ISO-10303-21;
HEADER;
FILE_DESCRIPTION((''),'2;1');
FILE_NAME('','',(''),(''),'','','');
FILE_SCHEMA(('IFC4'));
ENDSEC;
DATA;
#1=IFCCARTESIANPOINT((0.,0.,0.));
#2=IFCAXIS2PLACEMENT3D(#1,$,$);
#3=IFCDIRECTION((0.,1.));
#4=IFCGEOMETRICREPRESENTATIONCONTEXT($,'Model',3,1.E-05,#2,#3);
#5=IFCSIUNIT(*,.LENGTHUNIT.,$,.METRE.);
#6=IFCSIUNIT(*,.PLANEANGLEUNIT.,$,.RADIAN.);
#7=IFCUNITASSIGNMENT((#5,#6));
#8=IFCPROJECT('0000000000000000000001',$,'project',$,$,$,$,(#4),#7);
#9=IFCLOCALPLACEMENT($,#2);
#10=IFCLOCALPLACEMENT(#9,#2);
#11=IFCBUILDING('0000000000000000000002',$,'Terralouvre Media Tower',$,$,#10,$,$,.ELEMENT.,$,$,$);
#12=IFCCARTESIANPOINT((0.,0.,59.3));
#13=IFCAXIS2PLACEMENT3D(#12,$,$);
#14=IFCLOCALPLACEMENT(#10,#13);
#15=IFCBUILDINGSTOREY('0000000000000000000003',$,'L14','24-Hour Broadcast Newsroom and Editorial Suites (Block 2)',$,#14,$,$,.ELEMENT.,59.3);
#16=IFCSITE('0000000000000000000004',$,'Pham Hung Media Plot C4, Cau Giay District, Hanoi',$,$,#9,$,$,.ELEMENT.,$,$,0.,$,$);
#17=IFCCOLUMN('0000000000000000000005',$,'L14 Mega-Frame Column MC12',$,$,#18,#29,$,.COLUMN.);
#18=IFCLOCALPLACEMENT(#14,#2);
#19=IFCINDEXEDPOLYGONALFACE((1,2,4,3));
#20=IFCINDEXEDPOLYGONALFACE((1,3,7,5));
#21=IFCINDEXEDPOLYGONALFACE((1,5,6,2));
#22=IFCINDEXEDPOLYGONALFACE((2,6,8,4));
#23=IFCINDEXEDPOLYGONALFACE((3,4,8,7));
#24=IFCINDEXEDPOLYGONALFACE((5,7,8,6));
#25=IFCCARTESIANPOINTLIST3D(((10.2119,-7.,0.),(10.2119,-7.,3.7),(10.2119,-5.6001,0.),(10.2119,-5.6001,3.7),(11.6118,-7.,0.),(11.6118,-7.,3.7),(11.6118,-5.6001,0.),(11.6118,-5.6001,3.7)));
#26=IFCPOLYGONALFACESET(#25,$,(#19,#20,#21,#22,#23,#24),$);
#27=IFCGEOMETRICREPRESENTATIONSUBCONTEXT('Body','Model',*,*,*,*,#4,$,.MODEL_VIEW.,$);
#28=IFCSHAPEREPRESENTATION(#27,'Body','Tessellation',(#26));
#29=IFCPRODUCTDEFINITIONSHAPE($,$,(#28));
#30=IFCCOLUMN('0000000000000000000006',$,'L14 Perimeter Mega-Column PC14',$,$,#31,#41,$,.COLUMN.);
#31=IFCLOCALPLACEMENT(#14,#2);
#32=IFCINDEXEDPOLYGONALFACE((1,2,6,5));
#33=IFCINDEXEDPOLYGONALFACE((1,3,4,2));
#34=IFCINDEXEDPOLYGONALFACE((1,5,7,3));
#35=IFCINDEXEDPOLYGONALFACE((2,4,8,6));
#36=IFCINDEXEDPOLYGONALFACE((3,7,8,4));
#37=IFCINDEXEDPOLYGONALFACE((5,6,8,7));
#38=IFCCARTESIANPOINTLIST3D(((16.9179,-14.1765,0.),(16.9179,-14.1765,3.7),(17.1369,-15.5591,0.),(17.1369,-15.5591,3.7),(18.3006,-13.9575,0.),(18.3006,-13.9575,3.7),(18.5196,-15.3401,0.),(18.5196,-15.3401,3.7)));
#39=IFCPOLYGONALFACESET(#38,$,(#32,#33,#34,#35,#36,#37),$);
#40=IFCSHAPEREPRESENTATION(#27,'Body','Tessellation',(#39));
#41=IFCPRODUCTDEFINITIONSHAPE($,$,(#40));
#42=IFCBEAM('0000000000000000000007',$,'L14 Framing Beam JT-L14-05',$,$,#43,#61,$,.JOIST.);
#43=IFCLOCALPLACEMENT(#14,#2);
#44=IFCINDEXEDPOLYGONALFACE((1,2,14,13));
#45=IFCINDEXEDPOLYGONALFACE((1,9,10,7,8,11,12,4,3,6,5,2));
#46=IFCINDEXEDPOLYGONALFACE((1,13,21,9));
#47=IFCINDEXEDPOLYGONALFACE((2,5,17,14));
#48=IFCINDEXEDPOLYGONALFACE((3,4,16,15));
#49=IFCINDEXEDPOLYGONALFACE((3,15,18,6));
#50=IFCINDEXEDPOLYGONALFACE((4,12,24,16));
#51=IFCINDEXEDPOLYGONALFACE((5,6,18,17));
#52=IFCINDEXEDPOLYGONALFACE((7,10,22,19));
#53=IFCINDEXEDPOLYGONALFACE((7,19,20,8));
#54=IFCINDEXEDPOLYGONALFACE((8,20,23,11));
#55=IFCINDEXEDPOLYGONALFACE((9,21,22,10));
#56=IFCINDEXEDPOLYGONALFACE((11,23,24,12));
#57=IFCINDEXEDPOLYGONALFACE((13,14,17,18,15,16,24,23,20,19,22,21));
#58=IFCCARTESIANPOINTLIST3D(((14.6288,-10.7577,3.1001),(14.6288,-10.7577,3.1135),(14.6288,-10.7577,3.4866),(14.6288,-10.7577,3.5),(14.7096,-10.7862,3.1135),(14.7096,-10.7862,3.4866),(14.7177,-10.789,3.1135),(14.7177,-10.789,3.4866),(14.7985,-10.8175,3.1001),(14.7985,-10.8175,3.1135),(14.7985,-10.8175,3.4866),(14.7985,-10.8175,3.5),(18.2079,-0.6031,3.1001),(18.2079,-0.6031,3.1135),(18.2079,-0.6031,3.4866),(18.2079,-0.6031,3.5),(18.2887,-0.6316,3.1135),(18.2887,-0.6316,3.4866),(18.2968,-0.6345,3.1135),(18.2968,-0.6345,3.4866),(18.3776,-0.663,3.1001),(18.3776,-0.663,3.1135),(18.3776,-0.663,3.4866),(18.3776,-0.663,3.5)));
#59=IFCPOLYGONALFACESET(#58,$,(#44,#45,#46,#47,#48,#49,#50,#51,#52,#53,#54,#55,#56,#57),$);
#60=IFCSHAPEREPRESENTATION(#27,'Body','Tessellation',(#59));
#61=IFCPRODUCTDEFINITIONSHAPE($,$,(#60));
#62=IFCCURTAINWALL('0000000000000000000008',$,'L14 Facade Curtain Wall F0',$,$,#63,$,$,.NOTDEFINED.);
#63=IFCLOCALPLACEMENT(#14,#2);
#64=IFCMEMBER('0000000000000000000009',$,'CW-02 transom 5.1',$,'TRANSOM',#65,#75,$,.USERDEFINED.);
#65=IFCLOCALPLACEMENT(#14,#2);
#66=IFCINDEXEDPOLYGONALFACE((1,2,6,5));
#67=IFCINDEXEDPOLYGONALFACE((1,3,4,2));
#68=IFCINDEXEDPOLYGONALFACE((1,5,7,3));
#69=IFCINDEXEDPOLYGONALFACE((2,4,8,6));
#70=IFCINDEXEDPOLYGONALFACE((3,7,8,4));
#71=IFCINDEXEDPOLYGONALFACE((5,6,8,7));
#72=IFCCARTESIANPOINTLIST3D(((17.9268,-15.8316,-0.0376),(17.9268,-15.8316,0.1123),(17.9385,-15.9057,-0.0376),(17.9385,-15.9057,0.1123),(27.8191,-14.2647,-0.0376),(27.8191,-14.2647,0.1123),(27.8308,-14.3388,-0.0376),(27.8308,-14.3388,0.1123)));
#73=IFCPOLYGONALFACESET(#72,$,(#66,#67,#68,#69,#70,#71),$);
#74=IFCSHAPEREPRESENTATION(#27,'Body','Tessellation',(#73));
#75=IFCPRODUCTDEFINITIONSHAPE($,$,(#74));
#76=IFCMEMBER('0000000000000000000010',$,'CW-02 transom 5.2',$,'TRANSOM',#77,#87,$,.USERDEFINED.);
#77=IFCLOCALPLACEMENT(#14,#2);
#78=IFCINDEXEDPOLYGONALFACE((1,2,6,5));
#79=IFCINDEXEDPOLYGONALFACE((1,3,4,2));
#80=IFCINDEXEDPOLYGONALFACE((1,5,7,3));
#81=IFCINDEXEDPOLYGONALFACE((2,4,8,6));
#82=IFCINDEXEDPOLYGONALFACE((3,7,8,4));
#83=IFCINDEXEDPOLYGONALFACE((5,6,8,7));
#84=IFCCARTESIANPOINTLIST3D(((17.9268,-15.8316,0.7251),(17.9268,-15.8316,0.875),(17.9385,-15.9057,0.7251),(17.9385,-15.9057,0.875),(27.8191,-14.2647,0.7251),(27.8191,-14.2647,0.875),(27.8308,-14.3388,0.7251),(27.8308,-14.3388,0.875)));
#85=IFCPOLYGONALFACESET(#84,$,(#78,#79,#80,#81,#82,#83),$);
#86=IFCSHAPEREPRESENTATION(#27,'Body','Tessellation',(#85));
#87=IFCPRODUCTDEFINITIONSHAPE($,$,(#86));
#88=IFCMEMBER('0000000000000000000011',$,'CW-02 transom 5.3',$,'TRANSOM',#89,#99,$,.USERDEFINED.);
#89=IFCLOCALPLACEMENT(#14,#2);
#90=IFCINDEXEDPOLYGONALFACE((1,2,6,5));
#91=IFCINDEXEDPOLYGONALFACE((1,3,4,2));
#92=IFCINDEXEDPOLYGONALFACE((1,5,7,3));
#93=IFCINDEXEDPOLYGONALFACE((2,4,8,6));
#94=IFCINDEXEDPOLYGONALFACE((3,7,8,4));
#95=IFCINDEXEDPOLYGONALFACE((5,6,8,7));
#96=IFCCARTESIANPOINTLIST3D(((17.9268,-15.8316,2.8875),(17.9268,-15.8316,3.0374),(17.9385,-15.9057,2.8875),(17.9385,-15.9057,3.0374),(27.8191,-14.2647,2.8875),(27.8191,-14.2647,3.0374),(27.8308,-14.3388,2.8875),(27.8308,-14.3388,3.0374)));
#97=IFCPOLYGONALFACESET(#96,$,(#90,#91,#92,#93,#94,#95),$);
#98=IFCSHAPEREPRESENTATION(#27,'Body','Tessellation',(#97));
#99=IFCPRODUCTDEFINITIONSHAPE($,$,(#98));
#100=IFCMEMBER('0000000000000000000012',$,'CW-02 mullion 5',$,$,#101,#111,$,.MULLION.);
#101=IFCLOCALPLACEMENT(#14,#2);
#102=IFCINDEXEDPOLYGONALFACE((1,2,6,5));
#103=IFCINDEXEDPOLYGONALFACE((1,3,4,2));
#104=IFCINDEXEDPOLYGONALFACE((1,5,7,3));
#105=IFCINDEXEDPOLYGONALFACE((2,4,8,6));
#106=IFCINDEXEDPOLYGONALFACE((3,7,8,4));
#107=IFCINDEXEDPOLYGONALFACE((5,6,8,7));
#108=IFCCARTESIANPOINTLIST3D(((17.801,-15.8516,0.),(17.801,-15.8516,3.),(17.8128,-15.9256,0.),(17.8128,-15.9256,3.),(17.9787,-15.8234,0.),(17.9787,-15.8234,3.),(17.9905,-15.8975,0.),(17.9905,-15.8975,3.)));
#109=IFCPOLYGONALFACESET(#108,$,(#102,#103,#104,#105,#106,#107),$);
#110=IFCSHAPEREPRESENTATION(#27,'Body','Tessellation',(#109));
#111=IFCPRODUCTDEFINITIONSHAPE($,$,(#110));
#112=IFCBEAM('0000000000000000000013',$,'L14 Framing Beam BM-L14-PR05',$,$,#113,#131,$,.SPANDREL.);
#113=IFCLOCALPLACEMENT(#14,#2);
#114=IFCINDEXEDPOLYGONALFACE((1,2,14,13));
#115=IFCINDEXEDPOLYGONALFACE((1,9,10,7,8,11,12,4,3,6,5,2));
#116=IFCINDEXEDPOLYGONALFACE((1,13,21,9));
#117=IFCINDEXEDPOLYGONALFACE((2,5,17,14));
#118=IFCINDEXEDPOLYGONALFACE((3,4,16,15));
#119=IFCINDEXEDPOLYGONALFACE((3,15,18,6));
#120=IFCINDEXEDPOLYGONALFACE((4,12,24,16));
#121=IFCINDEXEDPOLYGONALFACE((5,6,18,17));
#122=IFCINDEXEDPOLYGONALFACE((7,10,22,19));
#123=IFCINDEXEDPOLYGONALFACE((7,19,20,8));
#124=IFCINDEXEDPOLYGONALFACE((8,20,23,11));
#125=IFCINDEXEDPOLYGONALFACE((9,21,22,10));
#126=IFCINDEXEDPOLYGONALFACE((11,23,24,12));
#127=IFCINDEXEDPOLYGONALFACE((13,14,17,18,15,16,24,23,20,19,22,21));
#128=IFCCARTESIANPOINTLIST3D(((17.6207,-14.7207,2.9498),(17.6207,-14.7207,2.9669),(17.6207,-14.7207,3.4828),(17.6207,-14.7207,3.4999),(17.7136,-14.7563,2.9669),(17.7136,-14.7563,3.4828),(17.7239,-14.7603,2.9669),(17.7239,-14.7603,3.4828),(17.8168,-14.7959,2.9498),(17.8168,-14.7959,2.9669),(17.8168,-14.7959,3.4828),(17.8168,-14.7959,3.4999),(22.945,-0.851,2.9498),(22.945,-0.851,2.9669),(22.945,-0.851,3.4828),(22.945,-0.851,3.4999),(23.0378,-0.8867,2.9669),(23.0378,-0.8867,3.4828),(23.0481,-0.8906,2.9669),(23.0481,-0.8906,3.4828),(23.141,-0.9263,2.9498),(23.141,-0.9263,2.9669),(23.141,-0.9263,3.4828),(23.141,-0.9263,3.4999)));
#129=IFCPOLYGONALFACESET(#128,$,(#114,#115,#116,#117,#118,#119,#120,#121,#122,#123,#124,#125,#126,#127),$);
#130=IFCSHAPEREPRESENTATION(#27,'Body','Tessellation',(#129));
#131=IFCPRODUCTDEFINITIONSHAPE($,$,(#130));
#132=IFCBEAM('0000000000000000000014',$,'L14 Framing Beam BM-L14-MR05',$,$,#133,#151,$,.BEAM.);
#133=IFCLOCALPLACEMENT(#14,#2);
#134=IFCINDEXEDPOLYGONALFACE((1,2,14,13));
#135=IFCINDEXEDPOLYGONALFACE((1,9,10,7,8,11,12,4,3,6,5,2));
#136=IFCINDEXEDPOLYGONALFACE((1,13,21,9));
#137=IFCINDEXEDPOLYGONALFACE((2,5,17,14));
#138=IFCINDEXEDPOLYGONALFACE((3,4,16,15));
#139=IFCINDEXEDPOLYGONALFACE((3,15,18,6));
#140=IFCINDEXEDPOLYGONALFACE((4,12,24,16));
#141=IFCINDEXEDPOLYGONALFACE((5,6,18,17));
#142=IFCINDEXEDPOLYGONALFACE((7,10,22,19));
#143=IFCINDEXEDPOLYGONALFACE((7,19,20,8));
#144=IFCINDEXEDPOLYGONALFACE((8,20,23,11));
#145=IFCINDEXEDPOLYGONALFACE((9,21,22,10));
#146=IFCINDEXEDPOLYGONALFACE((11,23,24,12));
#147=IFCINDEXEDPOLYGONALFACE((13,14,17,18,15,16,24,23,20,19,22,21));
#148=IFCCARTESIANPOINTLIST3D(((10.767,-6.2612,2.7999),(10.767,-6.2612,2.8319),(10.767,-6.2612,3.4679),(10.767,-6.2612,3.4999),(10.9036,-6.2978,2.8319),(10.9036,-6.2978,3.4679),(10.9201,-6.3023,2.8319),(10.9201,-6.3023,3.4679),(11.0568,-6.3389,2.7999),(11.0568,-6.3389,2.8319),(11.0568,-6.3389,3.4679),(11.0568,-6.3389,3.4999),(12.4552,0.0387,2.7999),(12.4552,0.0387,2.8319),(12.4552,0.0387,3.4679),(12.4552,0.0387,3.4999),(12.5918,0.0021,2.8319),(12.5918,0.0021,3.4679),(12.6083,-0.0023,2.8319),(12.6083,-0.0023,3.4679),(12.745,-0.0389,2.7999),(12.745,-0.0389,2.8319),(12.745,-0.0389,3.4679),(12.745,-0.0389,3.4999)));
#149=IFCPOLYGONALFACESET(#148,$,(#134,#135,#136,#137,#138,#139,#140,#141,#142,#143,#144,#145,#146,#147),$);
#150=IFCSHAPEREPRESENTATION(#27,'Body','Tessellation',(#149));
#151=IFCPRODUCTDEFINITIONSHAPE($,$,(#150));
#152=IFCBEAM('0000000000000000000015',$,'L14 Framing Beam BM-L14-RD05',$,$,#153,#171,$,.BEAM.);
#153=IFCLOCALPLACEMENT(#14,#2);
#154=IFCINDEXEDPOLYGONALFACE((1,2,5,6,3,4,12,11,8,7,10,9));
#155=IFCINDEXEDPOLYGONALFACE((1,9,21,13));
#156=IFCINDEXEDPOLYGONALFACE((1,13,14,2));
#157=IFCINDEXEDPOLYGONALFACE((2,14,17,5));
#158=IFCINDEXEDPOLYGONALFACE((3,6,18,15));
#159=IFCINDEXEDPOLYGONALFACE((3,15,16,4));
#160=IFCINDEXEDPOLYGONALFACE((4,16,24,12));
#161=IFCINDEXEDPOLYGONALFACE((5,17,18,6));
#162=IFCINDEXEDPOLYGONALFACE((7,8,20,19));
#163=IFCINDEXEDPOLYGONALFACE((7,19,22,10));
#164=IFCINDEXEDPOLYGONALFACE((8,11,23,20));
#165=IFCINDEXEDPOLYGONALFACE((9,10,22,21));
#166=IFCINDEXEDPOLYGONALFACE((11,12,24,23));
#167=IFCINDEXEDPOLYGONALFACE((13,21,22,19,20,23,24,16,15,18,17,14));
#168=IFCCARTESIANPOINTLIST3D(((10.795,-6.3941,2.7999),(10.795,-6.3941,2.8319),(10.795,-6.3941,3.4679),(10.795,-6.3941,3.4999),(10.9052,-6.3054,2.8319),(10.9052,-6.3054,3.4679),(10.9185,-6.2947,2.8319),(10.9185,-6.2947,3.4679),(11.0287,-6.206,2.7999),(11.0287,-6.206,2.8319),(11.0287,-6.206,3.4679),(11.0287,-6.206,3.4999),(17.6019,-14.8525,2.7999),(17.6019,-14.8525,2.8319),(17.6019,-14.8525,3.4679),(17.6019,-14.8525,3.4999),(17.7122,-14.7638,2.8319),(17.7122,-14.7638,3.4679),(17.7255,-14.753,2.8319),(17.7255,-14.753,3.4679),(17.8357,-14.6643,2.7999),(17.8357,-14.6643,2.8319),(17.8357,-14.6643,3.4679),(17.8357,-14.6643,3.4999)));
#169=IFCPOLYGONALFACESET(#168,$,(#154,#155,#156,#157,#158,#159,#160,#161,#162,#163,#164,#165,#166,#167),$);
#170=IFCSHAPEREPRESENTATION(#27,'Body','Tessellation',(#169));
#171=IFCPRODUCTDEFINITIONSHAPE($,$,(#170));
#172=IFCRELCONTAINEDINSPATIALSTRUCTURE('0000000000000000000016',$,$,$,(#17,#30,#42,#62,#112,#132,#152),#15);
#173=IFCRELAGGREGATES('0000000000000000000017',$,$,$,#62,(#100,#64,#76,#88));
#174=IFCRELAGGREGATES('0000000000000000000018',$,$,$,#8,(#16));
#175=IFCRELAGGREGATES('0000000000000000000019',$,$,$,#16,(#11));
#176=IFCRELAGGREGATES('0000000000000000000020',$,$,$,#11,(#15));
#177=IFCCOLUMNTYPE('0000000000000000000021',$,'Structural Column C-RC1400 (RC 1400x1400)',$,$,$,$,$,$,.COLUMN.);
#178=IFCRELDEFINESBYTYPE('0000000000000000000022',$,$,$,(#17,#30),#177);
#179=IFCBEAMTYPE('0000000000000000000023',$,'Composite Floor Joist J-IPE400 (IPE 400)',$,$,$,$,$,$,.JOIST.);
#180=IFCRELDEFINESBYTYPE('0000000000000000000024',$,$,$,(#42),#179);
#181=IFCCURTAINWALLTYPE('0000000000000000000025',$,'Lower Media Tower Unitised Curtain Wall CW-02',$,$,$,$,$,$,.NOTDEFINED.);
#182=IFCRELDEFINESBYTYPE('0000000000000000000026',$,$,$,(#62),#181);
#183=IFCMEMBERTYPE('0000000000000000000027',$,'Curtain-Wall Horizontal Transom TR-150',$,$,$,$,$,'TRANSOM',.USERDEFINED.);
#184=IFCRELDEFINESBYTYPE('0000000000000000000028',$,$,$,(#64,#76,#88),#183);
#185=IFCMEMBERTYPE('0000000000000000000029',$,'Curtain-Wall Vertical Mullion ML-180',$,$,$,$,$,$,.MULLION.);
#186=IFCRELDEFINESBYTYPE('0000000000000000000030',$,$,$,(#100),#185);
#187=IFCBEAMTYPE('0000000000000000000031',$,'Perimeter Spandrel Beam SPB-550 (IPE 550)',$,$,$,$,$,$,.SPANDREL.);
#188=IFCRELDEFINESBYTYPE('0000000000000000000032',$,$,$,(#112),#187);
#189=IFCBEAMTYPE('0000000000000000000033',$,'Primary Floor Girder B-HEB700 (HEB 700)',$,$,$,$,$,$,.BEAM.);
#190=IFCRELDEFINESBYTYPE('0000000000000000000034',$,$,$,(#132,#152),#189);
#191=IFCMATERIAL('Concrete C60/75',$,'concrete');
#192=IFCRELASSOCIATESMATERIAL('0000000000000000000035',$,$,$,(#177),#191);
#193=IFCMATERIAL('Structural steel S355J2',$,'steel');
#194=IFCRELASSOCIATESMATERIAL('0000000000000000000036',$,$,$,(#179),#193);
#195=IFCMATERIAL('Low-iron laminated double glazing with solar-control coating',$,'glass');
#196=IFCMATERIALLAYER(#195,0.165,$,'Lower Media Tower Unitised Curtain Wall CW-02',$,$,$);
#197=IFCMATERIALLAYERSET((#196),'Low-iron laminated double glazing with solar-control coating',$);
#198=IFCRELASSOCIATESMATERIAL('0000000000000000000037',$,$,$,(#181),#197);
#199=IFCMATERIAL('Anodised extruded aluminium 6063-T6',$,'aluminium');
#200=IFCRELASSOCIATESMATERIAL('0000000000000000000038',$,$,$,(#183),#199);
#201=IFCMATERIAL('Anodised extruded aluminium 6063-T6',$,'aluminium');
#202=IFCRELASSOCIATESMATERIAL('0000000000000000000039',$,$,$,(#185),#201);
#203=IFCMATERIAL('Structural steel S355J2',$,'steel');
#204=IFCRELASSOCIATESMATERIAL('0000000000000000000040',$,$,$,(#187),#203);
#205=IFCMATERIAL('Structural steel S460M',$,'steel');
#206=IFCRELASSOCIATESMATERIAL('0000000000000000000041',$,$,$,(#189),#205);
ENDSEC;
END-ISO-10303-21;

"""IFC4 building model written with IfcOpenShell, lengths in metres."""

from ifc_helpers import new_model, si_unit, direction, frame, origin, origin_2d, place, context, subcontext, project, spatial, rectangle, i_section, extrude, material, layer, layer_set, material_profile, profile_set, type_object, element, aggregate, save


model = new_model("IFC4")

# Units and contexts
model_context = context("Model", 3, precision=1e-05, world=origin(), true_north=direction((0.0, 1.0)))
body_context = subcontext(model_context, "Body", "Model", "MODEL_VIEW")
ifc_project = project(units=[si_unit("LENGTHUNIT", "METRE"), si_unit("PLANEANGLEUNIT", "RADIAN")], contexts=[model_context])

# Site, building, storey
site_placement = place(None, origin())
site = spatial("IfcSite", under=ifc_project, at=site_placement, Name="Pham Hung Media Plot C4, Cau Giay District, Hanoi", CompositionType="ELEMENT", RefElevation=0.0)
building_placement = place(site_placement, origin())
building = spatial("IfcBuilding", under=site, at=building_placement, Name="Terralouvre Media Tower", CompositionType="ELEMENT")
storey_placement = place(building_placement, frame((0.0, 0.0, 59.3)))
storey = spatial("IfcBuildingStorey", under=building, at=storey_placement, Name="L14", Description="24-Hour Broadcast Newsroom and Editorial Suites (Block 2)", CompositionType="ELEMENT", Elevation=59.3)

# Columns
ifc_material_1 = material(Name="Concrete C60/75", Category="concrete")
ifc_material_profile_1 = material_profile(ifc_material_1, rectangle(XDim=1.3999, YDim=1.3999, at=origin_2d()), Name="RC 1400x1400")
ifc_profile_set_1 = profile_set([ifc_material_profile_1], Name="Concrete C60/75")
column_type = type_object("IfcColumnType", Name="Structural Column C-RC1400 (RC 1400x1400)", PredefinedType="COLUMN", material=ifc_profile_set_1)
for number, where, z_axis, x_axis, name in (
    (1, (10.9119, -6.3, 0.0), (0.0, 0.0, 1.0), (1.0, 0.0, 0.0), "L14 Mega-Frame Column MC12"),
    (2, (17.7188, -14.7583, 0.0), (0.0, 0.0, 1.0), (0.987688, 0.156434, 0.0), "L14 Perimeter Mega-Column PC14"),
):
    element("IfcColumn", number, at=place(storey_placement, frame(where, z_axis=z_axis, x_axis=x_axis)), inside=storey, type_object=column_type, Name=name, PredefinedType="COLUMN", context=body_context, shape_type="SweptSolid", body=[
        extrude(rectangle(XDim=1.3999, YDim=1.3999, at=origin_2d()), origin(), (0.0, 0.0, 1.0), 3.7),
    ])

# Beam
ifc_material_2 = material(Name="Structural steel S355J2", Category="steel")
ifc_material_profile_2 = material_profile(ifc_material_2, i_section(OverallWidth=0.1799, OverallDepth=0.3999, WebThickness=0.0085, FlangeThickness=0.0134, at=origin_2d()), Name="IPE 400")
ifc_profile_set_2 = profile_set([ifc_material_profile_2], Name="Structural steel S355J2")
beam_type_1 = type_object("IfcBeamType", Name="Composite Floor Joist J-IPE400 (IPE 400)", PredefinedType="JOIST", material=ifc_profile_set_2)
beam_1_placement = place(storey_placement, frame((14.7136, -10.7876, 3.3), z_axis=(0.332419, 0.943132, 0.0), x_axis=(-0.943132, 0.332419, 0.0)))
element("IfcBeam", 3, at=beam_1_placement, inside=storey, type_object=beam_type_1, Name="L14 Framing Beam JT-L14-05", PredefinedType="JOIST", context=body_context, shape_type="SweptSolid", body=[
    extrude(i_section(OverallWidth=0.1799, OverallDepth=0.3999, WebThickness=0.0085, FlangeThickness=0.0134, at=origin_2d()), origin(), (0.0, 0.0, 1.0), 10.7668),
])

# Curtain wall, members
ifc_material_3 = material(Name="Low-iron laminated double glazing with solar-control coating", Category="glass")
ifc_layer_1 = layer(ifc_material_3, 0.165, Name="Lower Media Tower Unitised Curtain Wall CW-02")
ifc_layer_set_1 = layer_set([ifc_layer_1], Name="Low-iron laminated double glazing with solar-control coating")
curtain_wall_type = type_object("IfcCurtainWallType", Name="Lower Media Tower Unitised Curtain Wall CW-02", PredefinedType="NOTDEFINED", material=ifc_layer_set_1)
curtain_wall_placement = place(storey_placement, origin())
curtain_wall = element("IfcCurtainWall", 4, at=curtain_wall_placement, inside=storey, type_object=curtain_wall_type, Name="L14 Facade Curtain Wall F0", PredefinedType="NOTDEFINED")
ifc_material_4 = material(Name="Anodised extruded aluminium 6063-T6", Category="aluminium")
ifc_material_profile_3 = material_profile(ifc_material_4, rectangle(XDim=0.075, YDim=0.1499, at=origin_2d()), Name="ALU 75x150")
ifc_profile_set_3 = profile_set([ifc_material_profile_3], Name="Anodised extruded aluminium 6063-T6")
member_type_1 = type_object("IfcMemberType", Name="Curtain-Wall Horizontal Transom TR-150", ElementType="TRANSOM", PredefinedType="USERDEFINED", material=ifc_profile_set_3)
member_1_placement = place(storey_placement, frame((17.9326, -15.8687, 0.0374), z_axis=(0.987687, 0.156444, 0.0), x_axis=(-0.156444, 0.987687, 0.0)))
member_1 = element("IfcMember", 5, at=member_1_placement, type_object=member_type_1, Name="CW-02 transom 5.1", ObjectType="TRANSOM", PredefinedType="USERDEFINED", context=body_context, shape_type="SweptSolid", body=[
    extrude(rectangle(XDim=0.075, YDim=0.1499, at=origin_2d()), origin(), (0.0, 0.0, 1.0), 10.0156),
])
member_2_placement = place(storey_placement, frame((17.9326, -15.8687, 0.8), z_axis=(0.987687, 0.156444, 0.0), x_axis=(-0.156444, 0.987687, 0.0)))
member_2 = element("IfcMember", 6, at=member_2_placement, type_object=member_type_1, Name="CW-02 transom 5.2", ObjectType="TRANSOM", PredefinedType="USERDEFINED", context=body_context, shape_type="SweptSolid", body=[
    extrude(rectangle(XDim=0.075, YDim=0.1499, at=origin_2d()), origin(), (0.0, 0.0, 1.0), 10.0156),
])
member_3_placement = place(storey_placement, frame((17.9326, -15.8687, 2.9624), z_axis=(0.987687, 0.156444, 0.0), x_axis=(-0.156444, 0.987687, 0.0)))
member_3 = element("IfcMember", 7, at=member_3_placement, type_object=member_type_1, Name="CW-02 transom 5.3", ObjectType="TRANSOM", PredefinedType="USERDEFINED", context=body_context, shape_type="SweptSolid", body=[
    extrude(rectangle(XDim=0.075, YDim=0.1499, at=origin_2d()), origin(), (0.0, 0.0, 1.0), 10.0156),
])
ifc_material_5 = material(Name="Anodised extruded aluminium 6063-T6", Category="aluminium")
ifc_material_profile_4 = material_profile(ifc_material_5, rectangle(XDim=0.075, YDim=0.1799, at=origin_2d()), Name="ALU 75x180")
ifc_profile_set_4 = profile_set([ifc_material_profile_4], Name="Anodised extruded aluminium 6063-T6")
member_type_2 = type_object("IfcMemberType", Name="Curtain-Wall Vertical Mullion ML-180", PredefinedType="MULLION", material=ifc_profile_set_4)
member_4_placement = place(storey_placement, frame((17.8958, -15.8745, 0.0), z_axis=(0.0, 0.0, 1.0), x_axis=(-0.156434, 0.987688, 0.0)))
member_4 = element("IfcMember", 8, at=member_4_placement, type_object=member_type_2, Name="CW-02 mullion 5", PredefinedType="MULLION", context=body_context, shape_type="SweptSolid", body=[
    extrude(rectangle(XDim=0.075, YDim=0.1799, at=origin_2d()), origin(), (0.0, 0.0, 1.0), 3.0),
])

# Beams
ifc_material_6 = material(Name="Structural steel S355J2", Category="steel")
ifc_material_profile_5 = material_profile(ifc_material_6, i_section(OverallWidth=0.21, OverallDepth=0.55, WebThickness=0.011, FlangeThickness=0.0171, at=origin_2d()), Name="IPE 550")
ifc_profile_set_5 = profile_set([ifc_material_profile_5], Name="Structural steel S355J2")
beam_type_2 = type_object("IfcBeamType", Name="Perimeter Spandrel Beam SPB-550 (IPE 550)", PredefinedType="SPANDREL", material=ifc_profile_set_5)
beam_2_placement = place(storey_placement, frame((17.7188, -14.7583, 3.2249), z_axis=(0.358378, 0.933577, 0.0), x_axis=(-0.933577, 0.358378, 0.0)))
element("IfcBeam", 9, at=beam_2_placement, inside=storey, type_object=beam_type_2, Name="L14 Framing Beam BM-L14-PR05", PredefinedType="SPANDREL", context=body_context, shape_type="SweptSolid", body=[
    extrude(i_section(OverallWidth=0.21, OverallDepth=0.55, WebThickness=0.011, FlangeThickness=0.0171, at=origin_2d()), origin(), (0.0, 0.0, 1.0), 14.8564),
])
ifc_material_7 = material(Name="Structural steel S460M", Category="steel")
ifc_material_profile_6 = material_profile(ifc_material_7, i_section(OverallWidth=0.3, OverallDepth=0.7, WebThickness=0.0171, FlangeThickness=0.032, at=origin_2d()), Name="HEB 700")
ifc_profile_set_6 = profile_set([ifc_material_profile_6], Name="Structural steel S460M")
beam_type_3 = type_object("IfcBeamType", Name="Primary Floor Girder B-HEB700 (HEB 700)", PredefinedType="BEAM", material=ifc_profile_set_6)
beam_3_placement = place(storey_placement, frame((10.9119, -6.3, 3.1499), z_axis=(0.258839, 0.96592, 0.0), x_axis=(-0.96592, 0.258839, 0.0)))
element("IfcBeam", 10, at=beam_3_placement, inside=storey, type_object=beam_type_3, Name="L14 Framing Beam BM-L14-MR05", PredefinedType="BEAM", context=body_context, shape_type="SweptSolid", body=[
    extrude(i_section(OverallWidth=0.3, OverallDepth=0.7, WebThickness=0.0171, FlangeThickness=0.032, at=origin_2d()), origin(), (0.0, 0.0, 1.0), 6.5222),
])
beam_4_placement = place(storey_placement, frame((10.9119, -6.3, 3.1499), z_axis=(0.626955, -0.779056, 0.0), x_axis=(0.779056, 0.626955, 0.0)))
element("IfcBeam", 11, at=beam_4_placement, inside=storey, type_object=beam_type_3, Name="L14 Framing Beam BM-L14-RD05", PredefinedType="BEAM", context=body_context, shape_type="SweptSolid", body=[
    extrude(i_section(OverallWidth=0.3, OverallDepth=0.7, WebThickness=0.0171, FlangeThickness=0.032, at=origin_2d()), origin(), (0.0, 0.0, 1.0), 10.8572),
])

aggregate(curtain_wall, [member_4, member_1, member_2, member_3])

save(model, "model.ifc")
